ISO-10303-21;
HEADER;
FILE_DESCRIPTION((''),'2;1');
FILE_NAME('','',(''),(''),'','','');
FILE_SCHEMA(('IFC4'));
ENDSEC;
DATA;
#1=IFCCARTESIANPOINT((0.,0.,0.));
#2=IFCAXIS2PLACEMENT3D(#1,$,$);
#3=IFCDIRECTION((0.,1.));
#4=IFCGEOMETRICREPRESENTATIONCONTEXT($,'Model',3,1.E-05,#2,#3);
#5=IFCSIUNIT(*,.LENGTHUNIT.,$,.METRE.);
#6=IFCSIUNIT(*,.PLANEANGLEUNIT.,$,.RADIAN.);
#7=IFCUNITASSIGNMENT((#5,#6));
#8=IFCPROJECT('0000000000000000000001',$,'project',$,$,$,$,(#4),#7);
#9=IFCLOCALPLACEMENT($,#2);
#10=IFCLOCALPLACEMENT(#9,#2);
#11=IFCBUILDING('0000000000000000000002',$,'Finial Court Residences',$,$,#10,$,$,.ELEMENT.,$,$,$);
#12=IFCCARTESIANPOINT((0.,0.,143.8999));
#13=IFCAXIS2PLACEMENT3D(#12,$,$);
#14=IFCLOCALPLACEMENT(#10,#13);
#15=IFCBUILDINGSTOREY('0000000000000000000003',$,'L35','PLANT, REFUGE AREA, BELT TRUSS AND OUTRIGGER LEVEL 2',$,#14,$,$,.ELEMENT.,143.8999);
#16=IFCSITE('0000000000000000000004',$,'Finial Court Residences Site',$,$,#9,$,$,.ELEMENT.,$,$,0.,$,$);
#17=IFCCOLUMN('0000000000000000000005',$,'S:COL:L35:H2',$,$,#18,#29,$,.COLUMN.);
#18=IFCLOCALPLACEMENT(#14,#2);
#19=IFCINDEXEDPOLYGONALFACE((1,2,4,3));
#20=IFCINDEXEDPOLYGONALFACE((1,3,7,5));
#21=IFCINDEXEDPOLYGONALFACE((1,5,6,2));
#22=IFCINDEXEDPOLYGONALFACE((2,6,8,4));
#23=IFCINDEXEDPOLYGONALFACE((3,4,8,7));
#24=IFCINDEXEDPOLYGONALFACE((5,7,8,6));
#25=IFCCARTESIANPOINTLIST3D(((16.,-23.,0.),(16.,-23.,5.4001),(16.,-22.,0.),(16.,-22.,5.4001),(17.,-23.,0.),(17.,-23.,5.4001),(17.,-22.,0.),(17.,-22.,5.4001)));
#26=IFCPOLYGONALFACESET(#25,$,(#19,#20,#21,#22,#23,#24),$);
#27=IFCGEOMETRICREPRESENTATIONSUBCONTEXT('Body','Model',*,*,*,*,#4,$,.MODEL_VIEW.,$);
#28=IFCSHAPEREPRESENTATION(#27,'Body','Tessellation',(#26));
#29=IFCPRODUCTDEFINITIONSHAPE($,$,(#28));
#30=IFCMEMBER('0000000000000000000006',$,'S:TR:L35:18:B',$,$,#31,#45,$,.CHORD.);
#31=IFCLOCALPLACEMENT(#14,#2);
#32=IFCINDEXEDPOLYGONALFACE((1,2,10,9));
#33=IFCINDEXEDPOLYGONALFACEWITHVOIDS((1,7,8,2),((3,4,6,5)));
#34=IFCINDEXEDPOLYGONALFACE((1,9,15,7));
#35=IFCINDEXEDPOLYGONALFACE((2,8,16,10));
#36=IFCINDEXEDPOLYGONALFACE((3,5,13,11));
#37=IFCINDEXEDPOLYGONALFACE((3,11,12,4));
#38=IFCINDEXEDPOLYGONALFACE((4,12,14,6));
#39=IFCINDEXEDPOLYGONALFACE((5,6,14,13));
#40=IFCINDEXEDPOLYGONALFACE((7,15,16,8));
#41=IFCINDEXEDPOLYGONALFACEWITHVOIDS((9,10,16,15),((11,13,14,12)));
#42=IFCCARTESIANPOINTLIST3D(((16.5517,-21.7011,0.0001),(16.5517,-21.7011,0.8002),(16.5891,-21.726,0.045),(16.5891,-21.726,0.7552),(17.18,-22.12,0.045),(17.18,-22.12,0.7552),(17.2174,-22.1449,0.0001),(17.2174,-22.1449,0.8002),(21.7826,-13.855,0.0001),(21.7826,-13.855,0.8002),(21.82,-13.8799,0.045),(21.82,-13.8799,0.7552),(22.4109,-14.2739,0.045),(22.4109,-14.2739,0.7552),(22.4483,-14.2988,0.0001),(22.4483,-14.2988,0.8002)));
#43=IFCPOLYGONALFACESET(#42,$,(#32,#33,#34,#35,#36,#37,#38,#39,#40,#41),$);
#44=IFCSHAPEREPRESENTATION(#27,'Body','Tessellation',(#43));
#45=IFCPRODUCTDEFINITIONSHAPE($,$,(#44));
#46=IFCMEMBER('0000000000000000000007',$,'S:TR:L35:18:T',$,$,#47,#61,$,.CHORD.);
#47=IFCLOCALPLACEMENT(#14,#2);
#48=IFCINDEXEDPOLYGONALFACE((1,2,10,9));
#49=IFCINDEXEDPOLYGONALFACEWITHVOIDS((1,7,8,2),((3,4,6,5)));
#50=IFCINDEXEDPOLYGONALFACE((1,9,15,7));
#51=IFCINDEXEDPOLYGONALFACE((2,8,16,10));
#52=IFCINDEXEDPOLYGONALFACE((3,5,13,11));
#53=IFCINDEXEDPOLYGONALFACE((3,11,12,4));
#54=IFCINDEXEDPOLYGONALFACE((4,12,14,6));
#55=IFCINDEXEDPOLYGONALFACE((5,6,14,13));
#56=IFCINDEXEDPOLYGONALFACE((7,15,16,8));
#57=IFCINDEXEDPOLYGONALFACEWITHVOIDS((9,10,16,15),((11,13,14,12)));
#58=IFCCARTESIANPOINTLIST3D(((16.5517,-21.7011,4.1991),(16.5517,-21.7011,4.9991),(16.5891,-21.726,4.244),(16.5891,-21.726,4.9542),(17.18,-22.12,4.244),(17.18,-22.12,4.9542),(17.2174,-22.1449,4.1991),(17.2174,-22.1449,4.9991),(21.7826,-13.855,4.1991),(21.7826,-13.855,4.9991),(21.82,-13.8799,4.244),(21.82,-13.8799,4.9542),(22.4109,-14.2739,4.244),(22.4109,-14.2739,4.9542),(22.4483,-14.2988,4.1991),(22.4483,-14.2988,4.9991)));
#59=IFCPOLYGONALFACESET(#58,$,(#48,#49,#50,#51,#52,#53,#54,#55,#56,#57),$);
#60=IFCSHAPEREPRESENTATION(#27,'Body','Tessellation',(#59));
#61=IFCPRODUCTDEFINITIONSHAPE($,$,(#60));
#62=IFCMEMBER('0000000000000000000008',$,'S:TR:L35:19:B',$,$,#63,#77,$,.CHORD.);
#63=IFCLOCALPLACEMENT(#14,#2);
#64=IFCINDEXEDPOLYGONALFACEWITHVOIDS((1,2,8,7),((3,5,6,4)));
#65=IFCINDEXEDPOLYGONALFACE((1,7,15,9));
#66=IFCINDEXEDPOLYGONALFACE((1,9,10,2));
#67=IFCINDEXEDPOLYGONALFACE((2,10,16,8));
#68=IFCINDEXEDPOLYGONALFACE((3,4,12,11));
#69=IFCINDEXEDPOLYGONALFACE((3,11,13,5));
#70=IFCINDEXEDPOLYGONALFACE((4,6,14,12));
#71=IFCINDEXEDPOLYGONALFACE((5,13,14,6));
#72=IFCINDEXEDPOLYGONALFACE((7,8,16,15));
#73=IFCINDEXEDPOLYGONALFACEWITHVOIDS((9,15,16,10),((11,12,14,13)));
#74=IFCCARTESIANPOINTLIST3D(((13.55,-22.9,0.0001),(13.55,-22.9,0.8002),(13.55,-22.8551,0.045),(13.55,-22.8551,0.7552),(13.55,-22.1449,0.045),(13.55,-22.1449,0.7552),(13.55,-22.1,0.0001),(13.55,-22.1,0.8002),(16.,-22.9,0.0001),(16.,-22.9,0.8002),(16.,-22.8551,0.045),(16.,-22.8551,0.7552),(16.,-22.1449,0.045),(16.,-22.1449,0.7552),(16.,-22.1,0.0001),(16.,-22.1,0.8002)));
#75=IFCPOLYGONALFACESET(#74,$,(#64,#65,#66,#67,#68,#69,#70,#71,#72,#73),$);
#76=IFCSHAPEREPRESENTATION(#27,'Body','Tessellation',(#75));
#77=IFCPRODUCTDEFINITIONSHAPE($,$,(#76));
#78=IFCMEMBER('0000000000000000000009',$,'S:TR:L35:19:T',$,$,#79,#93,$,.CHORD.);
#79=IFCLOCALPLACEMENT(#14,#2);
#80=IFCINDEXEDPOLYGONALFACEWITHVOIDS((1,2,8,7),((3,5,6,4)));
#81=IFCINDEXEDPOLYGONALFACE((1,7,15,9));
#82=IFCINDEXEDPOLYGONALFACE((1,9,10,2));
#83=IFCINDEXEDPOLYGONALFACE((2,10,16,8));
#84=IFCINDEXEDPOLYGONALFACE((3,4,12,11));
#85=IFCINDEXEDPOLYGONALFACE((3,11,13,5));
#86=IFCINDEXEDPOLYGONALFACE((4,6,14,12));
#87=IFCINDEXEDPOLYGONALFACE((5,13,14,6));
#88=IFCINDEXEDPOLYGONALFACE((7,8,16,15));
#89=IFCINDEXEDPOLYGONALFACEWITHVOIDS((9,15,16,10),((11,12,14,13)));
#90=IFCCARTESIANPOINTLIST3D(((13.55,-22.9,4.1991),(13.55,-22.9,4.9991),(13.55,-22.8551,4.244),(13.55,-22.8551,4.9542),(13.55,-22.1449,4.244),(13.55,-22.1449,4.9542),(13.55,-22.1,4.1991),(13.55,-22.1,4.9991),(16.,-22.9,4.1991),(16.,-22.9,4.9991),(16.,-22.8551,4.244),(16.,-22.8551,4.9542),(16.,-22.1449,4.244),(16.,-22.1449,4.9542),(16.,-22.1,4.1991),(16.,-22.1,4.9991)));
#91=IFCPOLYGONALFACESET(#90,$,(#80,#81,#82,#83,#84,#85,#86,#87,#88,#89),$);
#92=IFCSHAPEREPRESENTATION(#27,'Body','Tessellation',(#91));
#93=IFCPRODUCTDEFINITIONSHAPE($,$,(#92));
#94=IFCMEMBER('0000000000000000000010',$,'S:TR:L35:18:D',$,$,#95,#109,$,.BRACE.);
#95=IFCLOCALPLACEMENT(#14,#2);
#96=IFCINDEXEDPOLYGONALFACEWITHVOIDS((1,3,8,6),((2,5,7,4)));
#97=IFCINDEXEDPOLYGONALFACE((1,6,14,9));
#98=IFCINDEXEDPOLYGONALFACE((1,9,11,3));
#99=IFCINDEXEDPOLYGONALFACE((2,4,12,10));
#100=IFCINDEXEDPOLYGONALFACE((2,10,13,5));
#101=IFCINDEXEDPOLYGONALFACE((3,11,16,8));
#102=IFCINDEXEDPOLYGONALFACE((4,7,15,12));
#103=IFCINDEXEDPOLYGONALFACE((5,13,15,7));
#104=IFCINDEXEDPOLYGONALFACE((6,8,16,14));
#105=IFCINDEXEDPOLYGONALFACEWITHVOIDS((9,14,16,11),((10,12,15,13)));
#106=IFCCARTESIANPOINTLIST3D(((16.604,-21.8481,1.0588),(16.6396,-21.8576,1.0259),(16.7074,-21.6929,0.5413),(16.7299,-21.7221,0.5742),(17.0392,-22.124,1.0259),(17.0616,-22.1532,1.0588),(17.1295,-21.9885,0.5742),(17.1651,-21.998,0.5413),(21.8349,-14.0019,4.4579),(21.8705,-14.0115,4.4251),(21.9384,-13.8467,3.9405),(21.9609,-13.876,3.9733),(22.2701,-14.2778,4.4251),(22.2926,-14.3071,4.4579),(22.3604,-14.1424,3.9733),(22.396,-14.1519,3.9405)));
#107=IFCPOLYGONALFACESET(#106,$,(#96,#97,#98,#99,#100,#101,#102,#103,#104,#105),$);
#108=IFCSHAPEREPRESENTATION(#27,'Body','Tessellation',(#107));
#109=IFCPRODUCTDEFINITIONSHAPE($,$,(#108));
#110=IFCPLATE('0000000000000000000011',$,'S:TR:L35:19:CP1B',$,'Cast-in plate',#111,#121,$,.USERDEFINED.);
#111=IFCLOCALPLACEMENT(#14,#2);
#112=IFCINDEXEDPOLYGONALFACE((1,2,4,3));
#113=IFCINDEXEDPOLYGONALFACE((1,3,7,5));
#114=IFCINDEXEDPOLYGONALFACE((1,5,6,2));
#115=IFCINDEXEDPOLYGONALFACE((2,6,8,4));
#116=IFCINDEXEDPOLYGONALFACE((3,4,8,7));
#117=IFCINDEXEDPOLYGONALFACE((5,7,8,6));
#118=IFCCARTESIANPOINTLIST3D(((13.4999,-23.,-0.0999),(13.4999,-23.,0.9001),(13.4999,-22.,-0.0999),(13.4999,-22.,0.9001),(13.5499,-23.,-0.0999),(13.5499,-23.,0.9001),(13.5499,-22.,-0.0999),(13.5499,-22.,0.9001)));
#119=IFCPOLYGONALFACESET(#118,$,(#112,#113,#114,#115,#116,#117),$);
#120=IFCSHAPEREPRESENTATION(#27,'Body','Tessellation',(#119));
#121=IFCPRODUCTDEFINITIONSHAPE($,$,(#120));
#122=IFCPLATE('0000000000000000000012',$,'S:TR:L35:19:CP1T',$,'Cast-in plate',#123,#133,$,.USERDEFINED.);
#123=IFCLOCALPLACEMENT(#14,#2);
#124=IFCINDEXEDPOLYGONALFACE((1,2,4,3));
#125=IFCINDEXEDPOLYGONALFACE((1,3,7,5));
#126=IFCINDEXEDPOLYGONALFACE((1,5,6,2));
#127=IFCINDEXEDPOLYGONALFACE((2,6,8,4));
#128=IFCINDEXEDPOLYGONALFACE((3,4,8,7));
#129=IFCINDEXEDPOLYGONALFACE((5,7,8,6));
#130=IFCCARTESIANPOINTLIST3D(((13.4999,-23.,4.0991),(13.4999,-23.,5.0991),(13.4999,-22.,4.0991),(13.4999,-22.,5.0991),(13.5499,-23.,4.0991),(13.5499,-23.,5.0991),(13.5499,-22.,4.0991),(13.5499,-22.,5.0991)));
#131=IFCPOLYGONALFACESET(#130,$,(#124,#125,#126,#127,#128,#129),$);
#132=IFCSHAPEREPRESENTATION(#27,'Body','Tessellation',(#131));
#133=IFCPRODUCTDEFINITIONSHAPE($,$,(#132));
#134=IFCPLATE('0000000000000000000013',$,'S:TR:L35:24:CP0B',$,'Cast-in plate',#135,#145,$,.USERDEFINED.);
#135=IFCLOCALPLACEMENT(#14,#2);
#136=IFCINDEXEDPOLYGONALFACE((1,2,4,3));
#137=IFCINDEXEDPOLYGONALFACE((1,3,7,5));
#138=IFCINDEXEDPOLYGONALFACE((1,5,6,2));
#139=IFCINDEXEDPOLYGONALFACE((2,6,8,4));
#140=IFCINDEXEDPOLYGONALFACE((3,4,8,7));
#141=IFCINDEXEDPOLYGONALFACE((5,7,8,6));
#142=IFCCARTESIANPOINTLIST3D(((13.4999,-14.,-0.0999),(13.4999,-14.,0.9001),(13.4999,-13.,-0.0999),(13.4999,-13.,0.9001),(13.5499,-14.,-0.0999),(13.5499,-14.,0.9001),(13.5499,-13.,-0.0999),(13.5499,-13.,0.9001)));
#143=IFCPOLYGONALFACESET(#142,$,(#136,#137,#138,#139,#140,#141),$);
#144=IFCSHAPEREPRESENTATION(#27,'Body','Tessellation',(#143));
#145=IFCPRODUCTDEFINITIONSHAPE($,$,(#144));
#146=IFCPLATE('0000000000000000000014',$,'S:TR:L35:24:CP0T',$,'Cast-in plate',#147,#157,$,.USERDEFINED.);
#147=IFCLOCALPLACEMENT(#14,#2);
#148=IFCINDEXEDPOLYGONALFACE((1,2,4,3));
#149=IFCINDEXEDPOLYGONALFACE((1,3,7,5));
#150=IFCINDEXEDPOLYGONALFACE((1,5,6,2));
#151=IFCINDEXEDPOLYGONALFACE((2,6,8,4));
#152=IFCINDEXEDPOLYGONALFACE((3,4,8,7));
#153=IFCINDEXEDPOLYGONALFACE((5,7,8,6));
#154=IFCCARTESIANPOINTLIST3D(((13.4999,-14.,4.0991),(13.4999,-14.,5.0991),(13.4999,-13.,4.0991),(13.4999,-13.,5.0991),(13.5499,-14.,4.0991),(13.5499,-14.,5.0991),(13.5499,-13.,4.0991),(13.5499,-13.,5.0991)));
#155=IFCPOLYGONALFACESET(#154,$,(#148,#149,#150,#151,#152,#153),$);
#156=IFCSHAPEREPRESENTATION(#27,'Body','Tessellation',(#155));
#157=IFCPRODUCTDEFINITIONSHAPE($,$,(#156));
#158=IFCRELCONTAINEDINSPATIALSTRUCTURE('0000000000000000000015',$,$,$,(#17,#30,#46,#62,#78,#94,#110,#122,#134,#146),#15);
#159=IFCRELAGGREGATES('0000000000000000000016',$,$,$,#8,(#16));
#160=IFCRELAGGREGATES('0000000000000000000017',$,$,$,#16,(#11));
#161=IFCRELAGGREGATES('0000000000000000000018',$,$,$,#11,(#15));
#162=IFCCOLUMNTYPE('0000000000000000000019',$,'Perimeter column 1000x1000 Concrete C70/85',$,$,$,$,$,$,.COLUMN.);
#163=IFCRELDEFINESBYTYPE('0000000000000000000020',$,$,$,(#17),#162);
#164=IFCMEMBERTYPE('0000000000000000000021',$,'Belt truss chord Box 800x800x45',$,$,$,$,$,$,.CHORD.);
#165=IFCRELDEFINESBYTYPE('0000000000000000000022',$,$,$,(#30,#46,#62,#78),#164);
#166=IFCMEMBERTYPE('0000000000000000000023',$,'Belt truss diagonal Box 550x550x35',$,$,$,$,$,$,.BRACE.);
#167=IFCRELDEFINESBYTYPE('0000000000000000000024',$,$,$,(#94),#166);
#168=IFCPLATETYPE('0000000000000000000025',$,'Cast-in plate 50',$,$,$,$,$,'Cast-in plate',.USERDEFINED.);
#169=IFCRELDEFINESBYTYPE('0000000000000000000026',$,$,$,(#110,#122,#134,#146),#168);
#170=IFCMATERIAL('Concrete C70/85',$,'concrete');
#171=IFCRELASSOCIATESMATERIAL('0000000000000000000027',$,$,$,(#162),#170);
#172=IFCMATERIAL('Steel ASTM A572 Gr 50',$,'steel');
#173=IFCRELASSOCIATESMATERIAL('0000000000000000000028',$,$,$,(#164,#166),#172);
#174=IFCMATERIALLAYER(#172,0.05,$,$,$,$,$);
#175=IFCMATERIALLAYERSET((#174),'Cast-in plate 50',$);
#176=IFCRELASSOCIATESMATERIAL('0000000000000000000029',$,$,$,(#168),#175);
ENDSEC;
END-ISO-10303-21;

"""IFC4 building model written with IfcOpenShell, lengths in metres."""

from ifc_helpers import new_model, si_unit, direction, frame, origin, origin_2d, place, context, subcontext, project, spatial, rectangle, hollow_rectangle, extrude, material, layer, layer_set, material_profile, profile_set, type_object, element, save


model = new_model("IFC4")

# Units and contexts
model_context = context("Model", 3, precision=1e-05, world=origin(), true_north=direction((0.0, 1.0)))
body_context = subcontext(model_context, "Body", "Model", "MODEL_VIEW")
ifc_project = project(units=[si_unit("LENGTHUNIT", "METRE"), si_unit("PLANEANGLEUNIT", "RADIAN")], contexts=[model_context])

# Site, building, storey
site_placement = place(None, origin())
site = spatial("IfcSite", under=ifc_project, at=site_placement, Name="Finial Court Residences Site", CompositionType="ELEMENT", RefElevation=0.0)
building_placement = place(site_placement, origin())
building = spatial("IfcBuilding", under=site, at=building_placement, Name="Finial Court Residences", CompositionType="ELEMENT")
storey_placement = place(building_placement, frame((0.0, 0.0, 143.8999)))
storey = spatial("IfcBuildingStorey", under=building, at=storey_placement, Name="L35", Description="PLANT, REFUGE AREA, BELT TRUSS AND OUTRIGGER LEVEL 2", CompositionType="ELEMENT", Elevation=143.8999)

# Column
ifc_material_1 = material(Name="Concrete C70/85", Category="concrete")
ifc_material_profile_1 = material_profile(ifc_material_1, rectangle(XDim=1.0, YDim=1.0, at=origin_2d()), Name="1000x1000")
ifc_profile_set_1 = profile_set([ifc_material_profile_1], Name="Concrete C70/85")
column_type = type_object("IfcColumnType", Name="Perimeter column 1000x1000 Concrete C70/85", PredefinedType="COLUMN", material=ifc_profile_set_1)
column_placement = place(storey_placement, frame((16.5, -22.5, 0.0), z_axis=(0.0, 0.0, 1.0), x_axis=(1.0, 0.0, 0.0)))
element("IfcColumn", 1, at=column_placement, inside=storey, type_object=column_type, Name="S:COL:L35:H2", PredefinedType="COLUMN", context=body_context, shape_type="SweptSolid", body=[
    extrude(rectangle(XDim=1.0, YDim=1.0, at=origin_2d()), origin(), (0.0, 0.0, 1.0), 5.4001),
])

# Members
ifc_material_2 = material(Name="Steel ASTM A572 Gr 50", Category="steel")
ifc_material_profile_2 = material_profile(ifc_material_2, hollow_rectangle(XDim=0.8, YDim=0.8, WallThickness=0.0449, at=origin_2d()), Name="Box 800x800x45")
ifc_profile_set_2 = profile_set([ifc_material_profile_2], Name="Steel ASTM A572 Gr 50")
member_type_1 = type_object("IfcMemberType", Name="Belt truss chord Box 800x800x45", PredefinedType="CHORD", material=ifc_profile_set_2)
for number, where, z_axis, x_axis, name in (
    (2, (22.1155, -14.0769, 0.4001), (-0.554712, -0.832042, 0.0), (0.832042, -0.554712, 0.0), "S:TR:L35:18:B"),
    (3, (22.1155, -14.0769, 4.5991), (-0.554712, -0.832042, 0.0), (0.832042, -0.554712, 0.0), "S:TR:L35:18:T"),
):
    element("IfcMember", number, at=place(storey_placement, frame(where, z_axis=z_axis, x_axis=x_axis)), inside=storey, type_object=member_type_1, Name=name, PredefinedType="CHORD", context=body_context, shape_type="SweptSolid", body=[
        extrude(hollow_rectangle(XDim=0.8, YDim=0.8, WallThickness=0.0449, at=origin_2d()), origin(), (0.0, 0.0, 1.0), 9.4299),
    ])
for number, where, z_axis, x_axis, name in (
    (4, (16.0, -22.5, 0.4001), (-1.0, 0.0, 0.0), (0.0, -1.0, 0.0), "S:TR:L35:19:B"),
    (5, (16.0, -22.5, 4.5991), (-1.0, 0.0, 0.0), (0.0, -1.0, 0.0), "S:TR:L35:19:T"),
):
    element("IfcMember", number, at=place(storey_placement, frame(where, z_axis=z_axis, x_axis=x_axis)), inside=storey, type_object=member_type_1, Name=name, PredefinedType="CHORD", context=body_context, shape_type="SweptSolid", body=[
        extrude(hollow_rectangle(XDim=0.8, YDim=0.8, WallThickness=0.0449, at=origin_2d()), origin(), (0.0, 0.0, 1.0), 2.45),
    ])
ifc_material_profile_3 = material_profile(ifc_material_2, hollow_rectangle(XDim=0.55, YDim=0.55, WallThickness=0.0349, at=origin_2d()), Name="Box 550x550x35")
ifc_profile_set_3 = profile_set([ifc_material_profile_3], Name="Steel ASTM A572 Gr 50")
member_type_2 = type_object("IfcMemberType", Name="Belt truss diagonal Box 550x550x35", PredefinedType="BRACE", material=ifc_profile_set_3)
member_placement = place(storey_placement, frame((22.1155, -14.0769, 4.1992), z_axis=(-0.521845, -0.782743, -0.339104), x_axis=(0.832042, -0.554712, 0.0)))
element("IfcMember", 6, at=member_placement, inside=storey, type_object=member_type_2, Name="S:TR:L35:18:D", PredefinedType="BRACE", context=body_context, shape_type="SweptSolid", body=[
    extrude(hollow_rectangle(XDim=0.55, YDim=0.55, WallThickness=0.0349, at=origin_2d()), origin(), (0.0, 0.0, 1.0), 10.0239),
])

# Plates
ifc_layer_1 = layer(ifc_material_2, 0.05)
ifc_layer_set_1 = layer_set([ifc_layer_1], Name="Cast-in plate 50")
plate_type = type_object("IfcPlateType", Name="Cast-in plate 50", ElementType="Cast-in plate", PredefinedType="USERDEFINED", material=ifc_layer_set_1)
for number, where, z_axis, x_axis, name in (
    (7, (13.5249, -22.5, -0.0999), (0.0, 0.0, 1.0), (1.0, 0.0, 0.0), "S:TR:L35:19:CP1B"),
    (8, (13.5249, -22.5, 4.0991), (0.0, 0.0, 1.0), (1.0, 0.0, 0.0), "S:TR:L35:19:CP1T"),
    (9, (13.5249, -13.5, -0.0999), (0.0, 0.0, 1.0), (1.0, 0.0, 0.0), "S:TR:L35:24:CP0B"),
    (10, (13.5249, -13.5, 4.0991), (0.0, 0.0, 1.0), (1.0, 0.0, 0.0), "S:TR:L35:24:CP0T"),
):
    element("IfcPlate", number, at=place(storey_placement, frame(where, z_axis=z_axis, x_axis=x_axis)), inside=storey, type_object=plate_type, Name=name, ObjectType="Cast-in plate", PredefinedType="USERDEFINED", context=body_context, shape_type="SweptSolid", body=[
        extrude(rectangle(XDim=0.05, YDim=1.0, at=origin_2d()), origin(), (0.0, 0.0, 1.0), 1.0),
    ])

save(model, "model.ifc")
